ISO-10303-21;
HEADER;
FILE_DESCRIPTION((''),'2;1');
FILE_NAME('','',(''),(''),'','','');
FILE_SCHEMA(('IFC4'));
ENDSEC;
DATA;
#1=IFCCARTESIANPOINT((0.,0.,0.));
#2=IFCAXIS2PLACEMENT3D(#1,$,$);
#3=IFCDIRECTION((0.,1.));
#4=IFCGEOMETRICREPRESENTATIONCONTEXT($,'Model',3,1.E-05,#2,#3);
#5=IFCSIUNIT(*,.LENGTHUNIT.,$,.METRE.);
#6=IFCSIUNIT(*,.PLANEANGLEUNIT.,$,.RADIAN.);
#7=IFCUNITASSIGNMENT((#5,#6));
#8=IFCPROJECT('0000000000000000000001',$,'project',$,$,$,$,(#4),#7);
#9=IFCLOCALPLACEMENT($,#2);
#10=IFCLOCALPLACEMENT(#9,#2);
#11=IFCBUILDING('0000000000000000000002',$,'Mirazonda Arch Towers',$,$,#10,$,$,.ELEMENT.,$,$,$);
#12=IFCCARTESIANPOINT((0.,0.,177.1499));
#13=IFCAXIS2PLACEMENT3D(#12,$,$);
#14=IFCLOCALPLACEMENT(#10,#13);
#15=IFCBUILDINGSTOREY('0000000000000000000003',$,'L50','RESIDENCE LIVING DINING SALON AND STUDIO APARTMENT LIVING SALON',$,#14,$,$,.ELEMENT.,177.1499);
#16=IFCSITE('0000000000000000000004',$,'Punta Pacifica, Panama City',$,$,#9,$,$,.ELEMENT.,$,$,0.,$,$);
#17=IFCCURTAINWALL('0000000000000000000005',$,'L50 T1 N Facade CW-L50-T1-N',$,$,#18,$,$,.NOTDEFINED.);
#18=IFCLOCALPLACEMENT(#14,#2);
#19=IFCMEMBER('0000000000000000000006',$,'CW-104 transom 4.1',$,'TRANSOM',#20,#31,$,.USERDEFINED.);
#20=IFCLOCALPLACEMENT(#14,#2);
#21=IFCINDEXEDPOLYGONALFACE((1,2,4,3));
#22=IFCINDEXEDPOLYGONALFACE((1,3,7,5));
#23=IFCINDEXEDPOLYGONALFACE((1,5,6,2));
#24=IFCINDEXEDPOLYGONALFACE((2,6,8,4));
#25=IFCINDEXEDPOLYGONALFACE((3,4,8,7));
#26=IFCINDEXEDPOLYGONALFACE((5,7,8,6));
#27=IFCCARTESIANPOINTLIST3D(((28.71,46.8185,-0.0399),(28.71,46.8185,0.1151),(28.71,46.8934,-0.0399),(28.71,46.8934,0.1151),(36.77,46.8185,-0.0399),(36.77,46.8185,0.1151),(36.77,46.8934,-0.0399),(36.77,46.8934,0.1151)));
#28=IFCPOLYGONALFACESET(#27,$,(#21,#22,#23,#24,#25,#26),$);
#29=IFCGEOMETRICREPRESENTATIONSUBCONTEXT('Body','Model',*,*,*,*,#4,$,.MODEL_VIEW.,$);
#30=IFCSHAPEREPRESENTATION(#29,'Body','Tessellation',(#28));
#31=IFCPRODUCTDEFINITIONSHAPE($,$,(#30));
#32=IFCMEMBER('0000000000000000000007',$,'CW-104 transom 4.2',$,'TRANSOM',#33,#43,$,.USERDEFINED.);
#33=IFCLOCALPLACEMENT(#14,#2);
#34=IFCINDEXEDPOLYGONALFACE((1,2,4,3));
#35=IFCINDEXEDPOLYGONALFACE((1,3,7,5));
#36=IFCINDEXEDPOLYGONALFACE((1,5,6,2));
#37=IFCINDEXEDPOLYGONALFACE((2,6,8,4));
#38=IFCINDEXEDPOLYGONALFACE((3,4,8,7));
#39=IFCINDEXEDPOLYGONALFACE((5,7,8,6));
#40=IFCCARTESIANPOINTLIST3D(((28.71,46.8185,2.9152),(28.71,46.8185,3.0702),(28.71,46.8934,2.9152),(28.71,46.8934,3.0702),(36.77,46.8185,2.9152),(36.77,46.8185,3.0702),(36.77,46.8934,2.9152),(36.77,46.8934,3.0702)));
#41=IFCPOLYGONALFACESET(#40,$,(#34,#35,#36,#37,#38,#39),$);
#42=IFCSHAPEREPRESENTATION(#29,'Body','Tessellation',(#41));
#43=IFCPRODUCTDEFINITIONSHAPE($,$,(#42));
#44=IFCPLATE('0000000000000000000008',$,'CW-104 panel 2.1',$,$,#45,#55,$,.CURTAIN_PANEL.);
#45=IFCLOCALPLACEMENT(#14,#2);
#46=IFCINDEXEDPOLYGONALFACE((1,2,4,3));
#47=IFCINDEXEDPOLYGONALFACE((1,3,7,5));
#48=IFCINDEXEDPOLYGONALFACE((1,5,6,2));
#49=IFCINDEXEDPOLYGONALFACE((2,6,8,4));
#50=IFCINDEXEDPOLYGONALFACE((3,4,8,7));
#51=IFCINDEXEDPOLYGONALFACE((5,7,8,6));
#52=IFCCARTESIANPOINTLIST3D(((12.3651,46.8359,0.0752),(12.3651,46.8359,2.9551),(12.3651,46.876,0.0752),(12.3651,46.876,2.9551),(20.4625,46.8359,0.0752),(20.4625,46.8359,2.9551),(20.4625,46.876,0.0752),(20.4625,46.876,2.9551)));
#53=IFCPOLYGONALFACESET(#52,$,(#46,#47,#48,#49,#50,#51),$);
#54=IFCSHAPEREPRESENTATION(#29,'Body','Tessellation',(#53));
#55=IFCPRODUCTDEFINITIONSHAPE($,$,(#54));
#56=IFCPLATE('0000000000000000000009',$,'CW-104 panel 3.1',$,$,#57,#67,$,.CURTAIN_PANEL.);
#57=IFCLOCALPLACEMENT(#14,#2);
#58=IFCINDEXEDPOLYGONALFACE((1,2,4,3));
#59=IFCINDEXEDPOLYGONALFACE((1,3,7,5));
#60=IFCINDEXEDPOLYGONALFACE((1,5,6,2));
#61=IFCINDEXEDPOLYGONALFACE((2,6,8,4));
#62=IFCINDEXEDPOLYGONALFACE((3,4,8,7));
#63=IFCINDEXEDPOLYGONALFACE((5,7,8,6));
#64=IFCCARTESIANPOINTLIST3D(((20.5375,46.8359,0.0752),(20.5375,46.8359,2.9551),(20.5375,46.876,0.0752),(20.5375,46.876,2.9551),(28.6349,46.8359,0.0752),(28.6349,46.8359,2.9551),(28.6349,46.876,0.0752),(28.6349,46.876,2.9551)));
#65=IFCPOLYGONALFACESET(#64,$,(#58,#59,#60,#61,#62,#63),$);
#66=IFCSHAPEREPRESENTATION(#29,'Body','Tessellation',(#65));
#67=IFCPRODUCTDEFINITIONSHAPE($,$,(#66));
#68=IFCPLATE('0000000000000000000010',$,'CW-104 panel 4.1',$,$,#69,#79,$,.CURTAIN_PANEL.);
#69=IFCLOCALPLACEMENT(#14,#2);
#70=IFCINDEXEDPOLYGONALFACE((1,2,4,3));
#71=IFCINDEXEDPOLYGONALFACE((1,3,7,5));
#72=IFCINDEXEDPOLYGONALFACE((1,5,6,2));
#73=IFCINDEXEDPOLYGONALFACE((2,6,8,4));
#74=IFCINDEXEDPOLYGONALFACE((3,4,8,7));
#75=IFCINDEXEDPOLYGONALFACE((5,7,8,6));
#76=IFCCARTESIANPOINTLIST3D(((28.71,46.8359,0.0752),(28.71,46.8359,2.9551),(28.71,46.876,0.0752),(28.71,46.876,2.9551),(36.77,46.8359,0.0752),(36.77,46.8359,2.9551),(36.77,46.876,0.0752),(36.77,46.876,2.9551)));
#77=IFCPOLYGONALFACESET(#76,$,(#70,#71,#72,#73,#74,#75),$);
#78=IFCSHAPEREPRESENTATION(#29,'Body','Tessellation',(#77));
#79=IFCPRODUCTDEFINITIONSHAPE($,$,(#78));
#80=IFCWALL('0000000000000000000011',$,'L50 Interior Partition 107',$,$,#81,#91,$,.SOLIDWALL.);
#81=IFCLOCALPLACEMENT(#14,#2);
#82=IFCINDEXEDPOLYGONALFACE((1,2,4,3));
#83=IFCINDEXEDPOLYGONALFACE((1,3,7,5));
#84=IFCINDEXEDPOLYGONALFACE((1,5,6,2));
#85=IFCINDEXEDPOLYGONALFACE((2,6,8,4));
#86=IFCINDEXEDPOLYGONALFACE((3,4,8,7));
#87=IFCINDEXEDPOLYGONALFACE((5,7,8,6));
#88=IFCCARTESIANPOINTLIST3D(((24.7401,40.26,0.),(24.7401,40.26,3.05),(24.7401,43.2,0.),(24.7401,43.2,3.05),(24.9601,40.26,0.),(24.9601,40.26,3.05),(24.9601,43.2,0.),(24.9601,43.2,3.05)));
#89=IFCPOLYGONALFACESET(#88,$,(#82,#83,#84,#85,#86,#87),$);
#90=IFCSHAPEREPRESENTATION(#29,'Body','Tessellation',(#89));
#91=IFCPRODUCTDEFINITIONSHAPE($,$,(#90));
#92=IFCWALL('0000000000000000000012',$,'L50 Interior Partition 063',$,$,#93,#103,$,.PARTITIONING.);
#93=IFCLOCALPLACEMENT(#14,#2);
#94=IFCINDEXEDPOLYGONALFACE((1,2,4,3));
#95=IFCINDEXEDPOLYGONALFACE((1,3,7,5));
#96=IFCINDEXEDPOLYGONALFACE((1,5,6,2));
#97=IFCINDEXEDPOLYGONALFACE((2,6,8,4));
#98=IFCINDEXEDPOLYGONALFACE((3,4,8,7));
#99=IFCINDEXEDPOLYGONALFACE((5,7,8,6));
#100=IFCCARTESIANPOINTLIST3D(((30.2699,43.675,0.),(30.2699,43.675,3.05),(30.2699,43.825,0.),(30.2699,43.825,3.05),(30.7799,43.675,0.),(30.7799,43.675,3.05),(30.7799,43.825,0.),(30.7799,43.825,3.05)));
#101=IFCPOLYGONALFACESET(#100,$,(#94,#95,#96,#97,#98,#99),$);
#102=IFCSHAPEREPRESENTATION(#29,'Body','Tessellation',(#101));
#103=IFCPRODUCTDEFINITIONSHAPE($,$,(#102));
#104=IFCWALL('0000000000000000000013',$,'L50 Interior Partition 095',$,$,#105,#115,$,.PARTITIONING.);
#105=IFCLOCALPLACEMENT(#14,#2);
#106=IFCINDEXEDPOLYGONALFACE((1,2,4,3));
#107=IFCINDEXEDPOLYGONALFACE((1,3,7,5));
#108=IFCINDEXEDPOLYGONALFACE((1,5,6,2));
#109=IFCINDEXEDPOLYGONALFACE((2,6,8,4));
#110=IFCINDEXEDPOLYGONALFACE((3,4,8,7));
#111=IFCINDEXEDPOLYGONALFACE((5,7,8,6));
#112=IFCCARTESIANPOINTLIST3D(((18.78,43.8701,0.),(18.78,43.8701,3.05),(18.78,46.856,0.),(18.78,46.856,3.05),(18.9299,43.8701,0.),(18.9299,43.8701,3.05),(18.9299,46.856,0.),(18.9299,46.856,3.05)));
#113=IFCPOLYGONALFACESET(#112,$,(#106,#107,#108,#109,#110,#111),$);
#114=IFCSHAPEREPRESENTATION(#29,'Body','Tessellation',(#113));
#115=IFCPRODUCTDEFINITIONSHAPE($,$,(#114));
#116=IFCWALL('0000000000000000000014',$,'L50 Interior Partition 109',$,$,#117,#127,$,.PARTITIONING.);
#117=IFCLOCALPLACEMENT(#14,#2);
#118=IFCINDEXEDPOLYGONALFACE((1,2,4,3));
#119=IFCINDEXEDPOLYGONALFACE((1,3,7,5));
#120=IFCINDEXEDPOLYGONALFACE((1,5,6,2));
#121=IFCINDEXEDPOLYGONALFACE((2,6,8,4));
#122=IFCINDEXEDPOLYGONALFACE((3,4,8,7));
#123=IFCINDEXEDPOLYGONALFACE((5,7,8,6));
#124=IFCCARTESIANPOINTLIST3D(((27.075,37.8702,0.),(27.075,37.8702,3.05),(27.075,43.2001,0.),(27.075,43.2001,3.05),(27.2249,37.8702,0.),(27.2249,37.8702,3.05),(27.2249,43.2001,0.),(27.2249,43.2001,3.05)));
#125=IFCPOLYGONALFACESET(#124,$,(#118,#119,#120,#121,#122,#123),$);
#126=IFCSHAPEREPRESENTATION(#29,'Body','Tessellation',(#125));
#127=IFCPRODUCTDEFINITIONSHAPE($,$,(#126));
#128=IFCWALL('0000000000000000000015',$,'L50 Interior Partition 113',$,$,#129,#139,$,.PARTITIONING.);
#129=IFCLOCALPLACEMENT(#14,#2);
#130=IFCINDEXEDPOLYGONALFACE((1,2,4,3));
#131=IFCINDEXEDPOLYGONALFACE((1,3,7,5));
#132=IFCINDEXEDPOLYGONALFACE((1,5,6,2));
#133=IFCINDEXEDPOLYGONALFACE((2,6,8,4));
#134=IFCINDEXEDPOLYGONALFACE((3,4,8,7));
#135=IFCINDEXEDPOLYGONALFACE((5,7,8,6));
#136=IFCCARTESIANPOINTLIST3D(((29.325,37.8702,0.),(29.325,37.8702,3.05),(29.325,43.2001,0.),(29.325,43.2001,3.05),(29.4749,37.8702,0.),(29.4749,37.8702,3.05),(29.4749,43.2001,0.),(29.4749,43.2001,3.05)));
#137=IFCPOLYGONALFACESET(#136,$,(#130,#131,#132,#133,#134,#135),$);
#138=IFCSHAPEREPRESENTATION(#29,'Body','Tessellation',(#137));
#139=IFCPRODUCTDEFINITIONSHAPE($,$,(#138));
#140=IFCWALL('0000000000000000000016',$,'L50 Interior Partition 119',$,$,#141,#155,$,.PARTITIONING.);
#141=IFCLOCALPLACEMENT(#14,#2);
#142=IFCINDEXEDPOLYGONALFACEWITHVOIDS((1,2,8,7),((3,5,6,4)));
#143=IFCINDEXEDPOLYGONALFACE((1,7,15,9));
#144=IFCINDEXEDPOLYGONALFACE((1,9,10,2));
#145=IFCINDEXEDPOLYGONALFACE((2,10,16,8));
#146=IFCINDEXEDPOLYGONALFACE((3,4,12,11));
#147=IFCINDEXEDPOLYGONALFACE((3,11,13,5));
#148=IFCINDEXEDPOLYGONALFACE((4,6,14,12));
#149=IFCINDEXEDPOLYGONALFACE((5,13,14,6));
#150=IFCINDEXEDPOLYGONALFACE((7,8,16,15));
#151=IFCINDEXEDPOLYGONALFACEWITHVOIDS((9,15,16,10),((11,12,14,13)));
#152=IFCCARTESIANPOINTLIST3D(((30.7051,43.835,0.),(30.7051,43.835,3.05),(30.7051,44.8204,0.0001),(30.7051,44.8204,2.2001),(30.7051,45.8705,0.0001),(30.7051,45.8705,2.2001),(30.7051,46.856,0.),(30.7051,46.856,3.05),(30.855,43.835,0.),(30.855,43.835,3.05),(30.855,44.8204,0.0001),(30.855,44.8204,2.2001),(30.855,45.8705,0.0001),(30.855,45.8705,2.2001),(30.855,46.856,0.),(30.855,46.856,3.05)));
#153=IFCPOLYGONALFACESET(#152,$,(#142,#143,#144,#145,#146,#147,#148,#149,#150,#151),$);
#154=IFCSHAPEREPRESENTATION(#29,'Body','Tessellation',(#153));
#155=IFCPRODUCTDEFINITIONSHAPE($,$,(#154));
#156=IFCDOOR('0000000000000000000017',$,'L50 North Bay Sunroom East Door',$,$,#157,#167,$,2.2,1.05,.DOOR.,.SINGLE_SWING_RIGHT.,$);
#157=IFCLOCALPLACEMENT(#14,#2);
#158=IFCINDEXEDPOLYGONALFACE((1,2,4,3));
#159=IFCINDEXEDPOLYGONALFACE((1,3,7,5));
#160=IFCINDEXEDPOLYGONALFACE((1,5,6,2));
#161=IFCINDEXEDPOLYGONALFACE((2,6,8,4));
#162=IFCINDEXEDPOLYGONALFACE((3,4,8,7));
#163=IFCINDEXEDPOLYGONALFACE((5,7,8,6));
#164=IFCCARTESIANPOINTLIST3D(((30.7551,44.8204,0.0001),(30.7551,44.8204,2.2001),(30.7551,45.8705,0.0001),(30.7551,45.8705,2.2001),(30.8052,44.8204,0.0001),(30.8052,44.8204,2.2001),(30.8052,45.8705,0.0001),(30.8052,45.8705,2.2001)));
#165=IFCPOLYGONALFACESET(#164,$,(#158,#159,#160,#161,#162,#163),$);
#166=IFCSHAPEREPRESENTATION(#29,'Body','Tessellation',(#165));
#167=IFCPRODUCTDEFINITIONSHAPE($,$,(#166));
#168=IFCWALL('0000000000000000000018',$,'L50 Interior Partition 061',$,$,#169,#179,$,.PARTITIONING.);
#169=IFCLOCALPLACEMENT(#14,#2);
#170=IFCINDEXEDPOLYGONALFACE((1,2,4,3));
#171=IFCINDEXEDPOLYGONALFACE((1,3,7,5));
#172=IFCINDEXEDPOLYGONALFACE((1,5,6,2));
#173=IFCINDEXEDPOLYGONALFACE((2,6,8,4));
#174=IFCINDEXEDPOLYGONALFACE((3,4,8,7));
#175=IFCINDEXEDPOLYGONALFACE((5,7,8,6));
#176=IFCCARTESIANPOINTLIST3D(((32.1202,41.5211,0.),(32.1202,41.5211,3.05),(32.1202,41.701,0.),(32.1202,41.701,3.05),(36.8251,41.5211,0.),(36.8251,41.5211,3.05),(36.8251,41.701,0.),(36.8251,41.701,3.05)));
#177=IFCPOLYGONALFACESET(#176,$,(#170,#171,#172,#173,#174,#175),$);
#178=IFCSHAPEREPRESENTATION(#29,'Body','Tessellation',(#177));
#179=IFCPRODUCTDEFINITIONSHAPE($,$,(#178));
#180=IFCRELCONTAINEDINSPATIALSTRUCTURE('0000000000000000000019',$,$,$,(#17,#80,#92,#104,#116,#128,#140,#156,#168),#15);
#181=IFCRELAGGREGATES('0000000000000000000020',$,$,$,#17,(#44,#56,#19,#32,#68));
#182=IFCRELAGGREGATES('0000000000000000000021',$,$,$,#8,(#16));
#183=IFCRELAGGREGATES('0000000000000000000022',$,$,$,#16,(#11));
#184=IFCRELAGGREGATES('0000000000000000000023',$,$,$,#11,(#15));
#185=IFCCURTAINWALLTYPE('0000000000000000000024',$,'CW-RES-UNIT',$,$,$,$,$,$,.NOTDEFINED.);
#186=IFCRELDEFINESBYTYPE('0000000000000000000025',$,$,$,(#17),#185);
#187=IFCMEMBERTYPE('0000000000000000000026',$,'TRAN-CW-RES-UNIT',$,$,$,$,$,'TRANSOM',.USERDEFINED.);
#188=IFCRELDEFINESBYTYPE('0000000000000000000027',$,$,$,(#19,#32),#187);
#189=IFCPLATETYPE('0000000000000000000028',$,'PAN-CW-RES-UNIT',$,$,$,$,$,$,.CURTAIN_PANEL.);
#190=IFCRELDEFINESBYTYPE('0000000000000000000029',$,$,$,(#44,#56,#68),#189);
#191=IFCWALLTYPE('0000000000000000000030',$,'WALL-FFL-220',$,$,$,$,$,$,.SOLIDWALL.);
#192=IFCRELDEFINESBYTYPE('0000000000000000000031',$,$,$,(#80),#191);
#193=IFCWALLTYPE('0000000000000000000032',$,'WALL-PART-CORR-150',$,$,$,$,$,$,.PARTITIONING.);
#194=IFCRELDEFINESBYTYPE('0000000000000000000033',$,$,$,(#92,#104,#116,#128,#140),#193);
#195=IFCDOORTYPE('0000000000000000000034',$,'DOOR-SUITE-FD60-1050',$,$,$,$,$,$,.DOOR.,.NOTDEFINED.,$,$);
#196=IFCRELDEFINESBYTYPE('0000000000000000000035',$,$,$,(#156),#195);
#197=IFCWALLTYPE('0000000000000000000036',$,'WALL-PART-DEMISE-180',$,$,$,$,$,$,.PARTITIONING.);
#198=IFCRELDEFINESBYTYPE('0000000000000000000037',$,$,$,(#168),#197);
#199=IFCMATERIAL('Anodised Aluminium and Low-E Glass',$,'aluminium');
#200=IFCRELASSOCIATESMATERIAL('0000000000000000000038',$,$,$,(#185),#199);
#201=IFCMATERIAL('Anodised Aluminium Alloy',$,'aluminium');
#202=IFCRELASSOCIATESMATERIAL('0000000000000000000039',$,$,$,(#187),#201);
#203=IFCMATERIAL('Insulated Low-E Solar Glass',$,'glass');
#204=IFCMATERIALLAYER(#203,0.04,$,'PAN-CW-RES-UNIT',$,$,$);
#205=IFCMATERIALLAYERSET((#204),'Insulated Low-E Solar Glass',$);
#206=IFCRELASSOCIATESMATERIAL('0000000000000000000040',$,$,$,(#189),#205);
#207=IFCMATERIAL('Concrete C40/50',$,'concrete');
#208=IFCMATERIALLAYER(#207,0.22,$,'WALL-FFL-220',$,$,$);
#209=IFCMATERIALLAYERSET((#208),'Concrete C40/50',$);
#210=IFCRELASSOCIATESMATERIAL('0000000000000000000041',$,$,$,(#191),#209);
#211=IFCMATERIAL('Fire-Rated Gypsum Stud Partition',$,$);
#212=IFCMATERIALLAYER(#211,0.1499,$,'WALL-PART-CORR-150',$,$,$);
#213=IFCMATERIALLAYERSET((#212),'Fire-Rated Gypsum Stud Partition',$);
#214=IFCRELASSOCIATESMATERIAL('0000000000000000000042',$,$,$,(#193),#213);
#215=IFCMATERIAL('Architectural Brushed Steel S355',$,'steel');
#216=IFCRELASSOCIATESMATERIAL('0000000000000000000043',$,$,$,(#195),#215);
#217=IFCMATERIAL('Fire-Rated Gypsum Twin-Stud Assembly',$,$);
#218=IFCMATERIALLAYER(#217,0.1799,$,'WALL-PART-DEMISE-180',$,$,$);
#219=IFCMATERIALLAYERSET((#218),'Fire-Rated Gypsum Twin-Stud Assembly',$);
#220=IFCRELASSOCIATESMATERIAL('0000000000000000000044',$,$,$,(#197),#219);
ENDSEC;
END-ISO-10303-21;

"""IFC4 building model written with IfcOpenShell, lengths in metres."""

from ifc_helpers import new_model, si_unit, direction, frame, frame_2d, origin, origin_2d, place, context, subcontext, project, spatial, rectangle, extrude, material, layer, layer_set, material_profile, profile_set, type_object, element, fill, aggregate, save


model = new_model("IFC4")

# Units and contexts
model_context = context("Model", 3, precision=1e-05, world=origin(), true_north=direction((0.0, 1.0)))
body_context = subcontext(model_context, "Body", "Model", "MODEL_VIEW")
ifc_project = project(units=[si_unit("LENGTHUNIT", "METRE"), si_unit("PLANEANGLEUNIT", "RADIAN")], contexts=[model_context])

# Site, building, storey
site_placement = place(None, origin())
site = spatial("IfcSite", under=ifc_project, at=site_placement, Name="Punta Pacifica, Panama City", CompositionType="ELEMENT", RefElevation=0.0)
building_placement = place(site_placement, origin())
building = spatial("IfcBuilding", under=site, at=building_placement, Name="Mirazonda Arch Towers", CompositionType="ELEMENT")
storey_placement = place(building_placement, frame((0.0, 0.0, 177.1499)))
storey = spatial("IfcBuildingStorey", under=building, at=storey_placement, Name="L50", Description="RESIDENCE LIVING DINING SALON AND STUDIO APARTMENT LIVING SALON", CompositionType="ELEMENT", Elevation=177.1499)

# Curtain wall, members, plates
ifc_material_1 = material(Name="Anodised Aluminium and Low-E Glass", Category="aluminium")
curtain_wall_type = type_object("IfcCurtainWallType", Name="CW-RES-UNIT", PredefinedType="NOTDEFINED", material=ifc_material_1)
curtain_wall_placement = place(storey_placement, origin())
curtain_wall = element("IfcCurtainWall", 1, at=curtain_wall_placement, inside=storey, type_object=curtain_wall_type, Name="L50 T1 N Facade CW-L50-T1-N", PredefinedType="NOTDEFINED")
ifc_material_2 = material(Name="Anodised Aluminium Alloy", Category="aluminium")
ifc_material_profile_1 = material_profile(ifc_material_2, rectangle(XDim=0.075, YDim=0.155, at=origin_2d()), Name="ALU-TRAN-75x155")
ifc_profile_set_1 = profile_set([ifc_material_profile_1], Name="Anodised Aluminium Alloy")
member_type_1 = type_object("IfcMemberType", Name="TRAN-CW-RES-UNIT", ElementType="TRANSOM", PredefinedType="USERDEFINED", material=ifc_profile_set_1)
member_1_placement = place(storey_placement, frame((28.71, 46.856, 0.0376), z_axis=(1.0, 0.0, 0.0), x_axis=(0.0, 1.0, 0.0)))
member_1 = element("IfcMember", 2, at=member_1_placement, type_object=member_type_1, Name="CW-104 transom 4.1", ObjectType="TRANSOM", PredefinedType="USERDEFINED", context=body_context, shape_type="SweptSolid", body=[
    extrude(rectangle(XDim=0.075, YDim=0.155, at=origin_2d()), origin(), (0.0, 0.0, 1.0), 8.0601),
])
member_2_placement = place(storey_placement, frame((28.71, 46.856, 2.9927), z_axis=(1.0, 0.0, 0.0), x_axis=(0.0, 1.0, 0.0)))
member_2 = element("IfcMember", 3, at=member_2_placement, type_object=member_type_1, Name="CW-104 transom 4.2", ObjectType="TRANSOM", PredefinedType="USERDEFINED", context=body_context, shape_type="SweptSolid", body=[
    extrude(rectangle(XDim=0.075, YDim=0.155, at=origin_2d()), origin(), (0.0, 0.0, 1.0), 8.0601),
])
ifc_material_3 = material(Name="Insulated Low-E Solar Glass", Category="glass")
ifc_layer_1 = layer(ifc_material_3, 0.04, Name="PAN-CW-RES-UNIT")
ifc_layer_set_1 = layer_set([ifc_layer_1], Name="Insulated Low-E Solar Glass")
plate_type = type_object("IfcPlateType", Name="PAN-CW-RES-UNIT", PredefinedType="CURTAIN_PANEL", material=ifc_layer_set_1)
plate_1_placement = place(storey_placement, frame((16.4138, 46.856, 0.0752), z_axis=(0.0, 0.0, 1.0), x_axis=(1.0, 0.0, 0.0)))
plate_1 = element("IfcPlate", 4, at=plate_1_placement, type_object=plate_type, Name="CW-104 panel 2.1", PredefinedType="CURTAIN_PANEL", context=body_context, shape_type="SweptSolid", body=[
    extrude(rectangle(XDim=8.0974, YDim=0.04, at=origin_2d()), origin(), (0.0, 0.0, 1.0), 2.8799),
])
plate_2_placement = place(storey_placement, frame((24.5862, 46.856, 0.0752), z_axis=(0.0, 0.0, 1.0), x_axis=(1.0, 0.0, 0.0)))
plate_2 = element("IfcPlate", 5, at=plate_2_placement, type_object=plate_type, Name="CW-104 panel 3.1", PredefinedType="CURTAIN_PANEL", context=body_context, shape_type="SweptSolid", body=[
    extrude(rectangle(XDim=8.0974, YDim=0.04, at=origin_2d()), origin(), (0.0, 0.0, 1.0), 2.8799),
])
plate_3_placement = place(storey_placement, frame((32.74, 46.856, 0.0752), z_axis=(0.0, 0.0, 1.0), x_axis=(1.0, 0.0, 0.0)))
plate_3 = element("IfcPlate", 6, at=plate_3_placement, type_object=plate_type, Name="CW-104 panel 4.1", PredefinedType="CURTAIN_PANEL", context=body_context, shape_type="SweptSolid", body=[
    extrude(rectangle(XDim=8.0601, YDim=0.04, at=origin_2d()), origin(), (0.0, 0.0, 1.0), 2.8799),
])
aggregate(curtain_wall, [plate_1, plate_2, member_1, member_2, plate_3])

# Walls
ifc_material_4 = material(Name="Concrete C40/50", Category="concrete")
ifc_layer_2 = layer(ifc_material_4, 0.22, Name="WALL-FFL-220")
ifc_layer_set_2 = layer_set([ifc_layer_2], Name="Concrete C40/50")
wall_type_1 = type_object("IfcWallType", Name="WALL-FFL-220", PredefinedType="SOLIDWALL", material=ifc_layer_set_2)
wall_1_placement = place(storey_placement, frame((24.8501, 40.26, 0.0), z_axis=(0.0, 0.0, 1.0), x_axis=(0.0, 1.0, 0.0)))
element("IfcWall", 7, at=wall_1_placement, inside=storey, type_object=wall_type_1, Name="L50 Interior Partition 107", PredefinedType="SOLIDWALL", context=body_context, shape_type="SweptSolid", body=[
    extrude(rectangle(XDim=2.9399, YDim=0.22, at=frame_2d((1.47, 0.0))), origin(), (0.0, 0.0, 1.0), 3.05),
])
ifc_material_5 = material(Name="Fire-Rated Gypsum Stud Partition")
ifc_layer_3 = layer(ifc_material_5, 0.1499, Name="WALL-PART-CORR-150")
ifc_layer_set_3 = layer_set([ifc_layer_3], Name="Fire-Rated Gypsum Stud Partition")
wall_type_2 = type_object("IfcWallType", Name="WALL-PART-CORR-150", PredefinedType="PARTITIONING", material=ifc_layer_set_3)
wall_2_placement = place(storey_placement, frame((30.27, 43.75, 0.0), z_axis=(0.0, 0.0, 1.0), x_axis=(1.0, 0.0, 0.0)))
element("IfcWall", 8, at=wall_2_placement, inside=storey, type_object=wall_type_2, Name="L50 Interior Partition 063", PredefinedType="PARTITIONING", context=body_context, shape_type="SweptSolid", body=[
    extrude(rectangle(XDim=0.51, YDim=0.1499, at=frame_2d((0.2549, 0.0))), origin(), (0.0, 0.0, 1.0), 3.05),
])
wall_3_placement = place(storey_placement, frame((18.855, 43.8701, 0.0), z_axis=(0.0, 0.0, 1.0), x_axis=(0.0, 1.0, 0.0)))
element("IfcWall", 9, at=wall_3_placement, inside=storey, type_object=wall_type_2, Name="L50 Interior Partition 095", PredefinedType="PARTITIONING", context=body_context, shape_type="SweptSolid", body=[
    extrude(rectangle(XDim=2.9858, YDim=0.1499, at=frame_2d((1.4929, 0.0))), origin(), (0.0, 0.0, 1.0), 3.05),
])
for number, where, z_axis, x_axis, name in (
    (10, (27.1499, 37.8701, 0.0), (0.0, 0.0, 1.0), (0.0, 1.0, 0.0), "L50 Interior Partition 109"),
    (11, (29.3999, 37.8701, 0.0), (0.0, 0.0, 1.0), (0.0, 1.0, 0.0), "L50 Interior Partition 113"),
):
    element("IfcWall", number, at=place(storey_placement, frame(where, z_axis=z_axis, x_axis=x_axis)), inside=storey, type_object=wall_type_2, Name=name, PredefinedType="PARTITIONING", context=body_context, shape_type="SweptSolid", body=[
        extrude(rectangle(XDim=5.3298, YDim=0.1499, at=frame_2d((2.665, 0.0))), origin(), (0.0, 0.0, 1.0), 3.05),
    ])

# Wall, opening, door
wall_4_placement = place(storey_placement, frame((30.78, 43.835, 0.0), z_axis=(0.0, 0.0, 1.0), x_axis=(0.0, 1.0, 0.0)))
wall_4 = element("IfcWall", 12, at=wall_4_placement, inside=storey, type_object=wall_type_2, Name="L50 Interior Partition 119", PredefinedType="PARTITIONING", context=body_context, shape_type="SweptSolid", body=[
    extrude(rectangle(XDim=3.021, YDim=0.1499, at=frame_2d((1.5105, 0.0))), origin(), (0.0, 0.0, 1.0), 3.05),
])
opening_1_placement = place(wall_4_placement, frame((0.9856, 0.0, 0.0)))
opening_1 = element("IfcOpeningElement", 13, at=opening_1_placement, cuts=wall_4, PredefinedType="OPENING", context=body_context, shape_type="SweptSolid", body=[
    extrude(rectangle(XDim=1.05, YDim=2.2, at=frame_2d((0.5249, 1.1001))), frame((0.0, 0.085, 0.0), z_axis=(0.0, -1.0, 0.0), x_axis=(1.0, 0.0, 0.0)), (0.0, 0.0, 1.0), 0.1699),
])
ifc_material_6 = material(Name="Architectural Brushed Steel S355", Category="steel")
door_type_1 = type_object("IfcDoorType", Name="DOOR-SUITE-FD60-1050", OperationType="NOTDEFINED", PredefinedType="DOOR", material=ifc_material_6)
door_1_placement = place(opening_1_placement, origin())
door_1 = element("IfcDoor", 14, at=door_1_placement, inside=storey, type_object=door_type_1, Name="L50 North Bay Sunroom East Door", OperationType="SINGLE_SWING_RIGHT", OverallHeight=2.2, OverallWidth=1.05, PredefinedType="DOOR", context=body_context, shape_type="SweptSolid", body=[
    extrude(rectangle(XDim=1.05, YDim=2.2, at=frame_2d((0.5249, 1.1001))), frame((0.0, 0.0249, 0.0), z_axis=(0.0, -1.0, 0.0), x_axis=(1.0, 0.0, 0.0)), (0.0, 0.0, 1.0), 0.05),
])
fill(opening_1, door_1)

# Wall
ifc_material_7 = material(Name="Fire-Rated Gypsum Twin-Stud Assembly")
ifc_layer_4 = layer(ifc_material_7, 0.1799, Name="WALL-PART-DEMISE-180")
ifc_layer_set_4 = layer_set([ifc_layer_4], Name="Fire-Rated Gypsum Twin-Stud Assembly")
wall_type_3 = type_object("IfcWallType", Name="WALL-PART-DEMISE-180", PredefinedType="PARTITIONING", material=ifc_layer_set_4)
wall_5_placement = place(storey_placement, frame((32.1201, 41.6111, 0.0), z_axis=(0.0, 0.0, 1.0), x_axis=(1.0, 0.0, 0.0)))
element("IfcWall", 15, at=wall_5_placement, inside=storey, type_object=wall_type_3, Name="L50 Interior Partition 061", PredefinedType="PARTITIONING", context=body_context, shape_type="SweptSolid", body=[
    extrude(rectangle(XDim=4.7048, YDim=0.1799, at=frame_2d((2.3525, 0.0))), origin(), (0.0, 0.0, 1.0), 3.05),
])

save(model, "model.ifc")
